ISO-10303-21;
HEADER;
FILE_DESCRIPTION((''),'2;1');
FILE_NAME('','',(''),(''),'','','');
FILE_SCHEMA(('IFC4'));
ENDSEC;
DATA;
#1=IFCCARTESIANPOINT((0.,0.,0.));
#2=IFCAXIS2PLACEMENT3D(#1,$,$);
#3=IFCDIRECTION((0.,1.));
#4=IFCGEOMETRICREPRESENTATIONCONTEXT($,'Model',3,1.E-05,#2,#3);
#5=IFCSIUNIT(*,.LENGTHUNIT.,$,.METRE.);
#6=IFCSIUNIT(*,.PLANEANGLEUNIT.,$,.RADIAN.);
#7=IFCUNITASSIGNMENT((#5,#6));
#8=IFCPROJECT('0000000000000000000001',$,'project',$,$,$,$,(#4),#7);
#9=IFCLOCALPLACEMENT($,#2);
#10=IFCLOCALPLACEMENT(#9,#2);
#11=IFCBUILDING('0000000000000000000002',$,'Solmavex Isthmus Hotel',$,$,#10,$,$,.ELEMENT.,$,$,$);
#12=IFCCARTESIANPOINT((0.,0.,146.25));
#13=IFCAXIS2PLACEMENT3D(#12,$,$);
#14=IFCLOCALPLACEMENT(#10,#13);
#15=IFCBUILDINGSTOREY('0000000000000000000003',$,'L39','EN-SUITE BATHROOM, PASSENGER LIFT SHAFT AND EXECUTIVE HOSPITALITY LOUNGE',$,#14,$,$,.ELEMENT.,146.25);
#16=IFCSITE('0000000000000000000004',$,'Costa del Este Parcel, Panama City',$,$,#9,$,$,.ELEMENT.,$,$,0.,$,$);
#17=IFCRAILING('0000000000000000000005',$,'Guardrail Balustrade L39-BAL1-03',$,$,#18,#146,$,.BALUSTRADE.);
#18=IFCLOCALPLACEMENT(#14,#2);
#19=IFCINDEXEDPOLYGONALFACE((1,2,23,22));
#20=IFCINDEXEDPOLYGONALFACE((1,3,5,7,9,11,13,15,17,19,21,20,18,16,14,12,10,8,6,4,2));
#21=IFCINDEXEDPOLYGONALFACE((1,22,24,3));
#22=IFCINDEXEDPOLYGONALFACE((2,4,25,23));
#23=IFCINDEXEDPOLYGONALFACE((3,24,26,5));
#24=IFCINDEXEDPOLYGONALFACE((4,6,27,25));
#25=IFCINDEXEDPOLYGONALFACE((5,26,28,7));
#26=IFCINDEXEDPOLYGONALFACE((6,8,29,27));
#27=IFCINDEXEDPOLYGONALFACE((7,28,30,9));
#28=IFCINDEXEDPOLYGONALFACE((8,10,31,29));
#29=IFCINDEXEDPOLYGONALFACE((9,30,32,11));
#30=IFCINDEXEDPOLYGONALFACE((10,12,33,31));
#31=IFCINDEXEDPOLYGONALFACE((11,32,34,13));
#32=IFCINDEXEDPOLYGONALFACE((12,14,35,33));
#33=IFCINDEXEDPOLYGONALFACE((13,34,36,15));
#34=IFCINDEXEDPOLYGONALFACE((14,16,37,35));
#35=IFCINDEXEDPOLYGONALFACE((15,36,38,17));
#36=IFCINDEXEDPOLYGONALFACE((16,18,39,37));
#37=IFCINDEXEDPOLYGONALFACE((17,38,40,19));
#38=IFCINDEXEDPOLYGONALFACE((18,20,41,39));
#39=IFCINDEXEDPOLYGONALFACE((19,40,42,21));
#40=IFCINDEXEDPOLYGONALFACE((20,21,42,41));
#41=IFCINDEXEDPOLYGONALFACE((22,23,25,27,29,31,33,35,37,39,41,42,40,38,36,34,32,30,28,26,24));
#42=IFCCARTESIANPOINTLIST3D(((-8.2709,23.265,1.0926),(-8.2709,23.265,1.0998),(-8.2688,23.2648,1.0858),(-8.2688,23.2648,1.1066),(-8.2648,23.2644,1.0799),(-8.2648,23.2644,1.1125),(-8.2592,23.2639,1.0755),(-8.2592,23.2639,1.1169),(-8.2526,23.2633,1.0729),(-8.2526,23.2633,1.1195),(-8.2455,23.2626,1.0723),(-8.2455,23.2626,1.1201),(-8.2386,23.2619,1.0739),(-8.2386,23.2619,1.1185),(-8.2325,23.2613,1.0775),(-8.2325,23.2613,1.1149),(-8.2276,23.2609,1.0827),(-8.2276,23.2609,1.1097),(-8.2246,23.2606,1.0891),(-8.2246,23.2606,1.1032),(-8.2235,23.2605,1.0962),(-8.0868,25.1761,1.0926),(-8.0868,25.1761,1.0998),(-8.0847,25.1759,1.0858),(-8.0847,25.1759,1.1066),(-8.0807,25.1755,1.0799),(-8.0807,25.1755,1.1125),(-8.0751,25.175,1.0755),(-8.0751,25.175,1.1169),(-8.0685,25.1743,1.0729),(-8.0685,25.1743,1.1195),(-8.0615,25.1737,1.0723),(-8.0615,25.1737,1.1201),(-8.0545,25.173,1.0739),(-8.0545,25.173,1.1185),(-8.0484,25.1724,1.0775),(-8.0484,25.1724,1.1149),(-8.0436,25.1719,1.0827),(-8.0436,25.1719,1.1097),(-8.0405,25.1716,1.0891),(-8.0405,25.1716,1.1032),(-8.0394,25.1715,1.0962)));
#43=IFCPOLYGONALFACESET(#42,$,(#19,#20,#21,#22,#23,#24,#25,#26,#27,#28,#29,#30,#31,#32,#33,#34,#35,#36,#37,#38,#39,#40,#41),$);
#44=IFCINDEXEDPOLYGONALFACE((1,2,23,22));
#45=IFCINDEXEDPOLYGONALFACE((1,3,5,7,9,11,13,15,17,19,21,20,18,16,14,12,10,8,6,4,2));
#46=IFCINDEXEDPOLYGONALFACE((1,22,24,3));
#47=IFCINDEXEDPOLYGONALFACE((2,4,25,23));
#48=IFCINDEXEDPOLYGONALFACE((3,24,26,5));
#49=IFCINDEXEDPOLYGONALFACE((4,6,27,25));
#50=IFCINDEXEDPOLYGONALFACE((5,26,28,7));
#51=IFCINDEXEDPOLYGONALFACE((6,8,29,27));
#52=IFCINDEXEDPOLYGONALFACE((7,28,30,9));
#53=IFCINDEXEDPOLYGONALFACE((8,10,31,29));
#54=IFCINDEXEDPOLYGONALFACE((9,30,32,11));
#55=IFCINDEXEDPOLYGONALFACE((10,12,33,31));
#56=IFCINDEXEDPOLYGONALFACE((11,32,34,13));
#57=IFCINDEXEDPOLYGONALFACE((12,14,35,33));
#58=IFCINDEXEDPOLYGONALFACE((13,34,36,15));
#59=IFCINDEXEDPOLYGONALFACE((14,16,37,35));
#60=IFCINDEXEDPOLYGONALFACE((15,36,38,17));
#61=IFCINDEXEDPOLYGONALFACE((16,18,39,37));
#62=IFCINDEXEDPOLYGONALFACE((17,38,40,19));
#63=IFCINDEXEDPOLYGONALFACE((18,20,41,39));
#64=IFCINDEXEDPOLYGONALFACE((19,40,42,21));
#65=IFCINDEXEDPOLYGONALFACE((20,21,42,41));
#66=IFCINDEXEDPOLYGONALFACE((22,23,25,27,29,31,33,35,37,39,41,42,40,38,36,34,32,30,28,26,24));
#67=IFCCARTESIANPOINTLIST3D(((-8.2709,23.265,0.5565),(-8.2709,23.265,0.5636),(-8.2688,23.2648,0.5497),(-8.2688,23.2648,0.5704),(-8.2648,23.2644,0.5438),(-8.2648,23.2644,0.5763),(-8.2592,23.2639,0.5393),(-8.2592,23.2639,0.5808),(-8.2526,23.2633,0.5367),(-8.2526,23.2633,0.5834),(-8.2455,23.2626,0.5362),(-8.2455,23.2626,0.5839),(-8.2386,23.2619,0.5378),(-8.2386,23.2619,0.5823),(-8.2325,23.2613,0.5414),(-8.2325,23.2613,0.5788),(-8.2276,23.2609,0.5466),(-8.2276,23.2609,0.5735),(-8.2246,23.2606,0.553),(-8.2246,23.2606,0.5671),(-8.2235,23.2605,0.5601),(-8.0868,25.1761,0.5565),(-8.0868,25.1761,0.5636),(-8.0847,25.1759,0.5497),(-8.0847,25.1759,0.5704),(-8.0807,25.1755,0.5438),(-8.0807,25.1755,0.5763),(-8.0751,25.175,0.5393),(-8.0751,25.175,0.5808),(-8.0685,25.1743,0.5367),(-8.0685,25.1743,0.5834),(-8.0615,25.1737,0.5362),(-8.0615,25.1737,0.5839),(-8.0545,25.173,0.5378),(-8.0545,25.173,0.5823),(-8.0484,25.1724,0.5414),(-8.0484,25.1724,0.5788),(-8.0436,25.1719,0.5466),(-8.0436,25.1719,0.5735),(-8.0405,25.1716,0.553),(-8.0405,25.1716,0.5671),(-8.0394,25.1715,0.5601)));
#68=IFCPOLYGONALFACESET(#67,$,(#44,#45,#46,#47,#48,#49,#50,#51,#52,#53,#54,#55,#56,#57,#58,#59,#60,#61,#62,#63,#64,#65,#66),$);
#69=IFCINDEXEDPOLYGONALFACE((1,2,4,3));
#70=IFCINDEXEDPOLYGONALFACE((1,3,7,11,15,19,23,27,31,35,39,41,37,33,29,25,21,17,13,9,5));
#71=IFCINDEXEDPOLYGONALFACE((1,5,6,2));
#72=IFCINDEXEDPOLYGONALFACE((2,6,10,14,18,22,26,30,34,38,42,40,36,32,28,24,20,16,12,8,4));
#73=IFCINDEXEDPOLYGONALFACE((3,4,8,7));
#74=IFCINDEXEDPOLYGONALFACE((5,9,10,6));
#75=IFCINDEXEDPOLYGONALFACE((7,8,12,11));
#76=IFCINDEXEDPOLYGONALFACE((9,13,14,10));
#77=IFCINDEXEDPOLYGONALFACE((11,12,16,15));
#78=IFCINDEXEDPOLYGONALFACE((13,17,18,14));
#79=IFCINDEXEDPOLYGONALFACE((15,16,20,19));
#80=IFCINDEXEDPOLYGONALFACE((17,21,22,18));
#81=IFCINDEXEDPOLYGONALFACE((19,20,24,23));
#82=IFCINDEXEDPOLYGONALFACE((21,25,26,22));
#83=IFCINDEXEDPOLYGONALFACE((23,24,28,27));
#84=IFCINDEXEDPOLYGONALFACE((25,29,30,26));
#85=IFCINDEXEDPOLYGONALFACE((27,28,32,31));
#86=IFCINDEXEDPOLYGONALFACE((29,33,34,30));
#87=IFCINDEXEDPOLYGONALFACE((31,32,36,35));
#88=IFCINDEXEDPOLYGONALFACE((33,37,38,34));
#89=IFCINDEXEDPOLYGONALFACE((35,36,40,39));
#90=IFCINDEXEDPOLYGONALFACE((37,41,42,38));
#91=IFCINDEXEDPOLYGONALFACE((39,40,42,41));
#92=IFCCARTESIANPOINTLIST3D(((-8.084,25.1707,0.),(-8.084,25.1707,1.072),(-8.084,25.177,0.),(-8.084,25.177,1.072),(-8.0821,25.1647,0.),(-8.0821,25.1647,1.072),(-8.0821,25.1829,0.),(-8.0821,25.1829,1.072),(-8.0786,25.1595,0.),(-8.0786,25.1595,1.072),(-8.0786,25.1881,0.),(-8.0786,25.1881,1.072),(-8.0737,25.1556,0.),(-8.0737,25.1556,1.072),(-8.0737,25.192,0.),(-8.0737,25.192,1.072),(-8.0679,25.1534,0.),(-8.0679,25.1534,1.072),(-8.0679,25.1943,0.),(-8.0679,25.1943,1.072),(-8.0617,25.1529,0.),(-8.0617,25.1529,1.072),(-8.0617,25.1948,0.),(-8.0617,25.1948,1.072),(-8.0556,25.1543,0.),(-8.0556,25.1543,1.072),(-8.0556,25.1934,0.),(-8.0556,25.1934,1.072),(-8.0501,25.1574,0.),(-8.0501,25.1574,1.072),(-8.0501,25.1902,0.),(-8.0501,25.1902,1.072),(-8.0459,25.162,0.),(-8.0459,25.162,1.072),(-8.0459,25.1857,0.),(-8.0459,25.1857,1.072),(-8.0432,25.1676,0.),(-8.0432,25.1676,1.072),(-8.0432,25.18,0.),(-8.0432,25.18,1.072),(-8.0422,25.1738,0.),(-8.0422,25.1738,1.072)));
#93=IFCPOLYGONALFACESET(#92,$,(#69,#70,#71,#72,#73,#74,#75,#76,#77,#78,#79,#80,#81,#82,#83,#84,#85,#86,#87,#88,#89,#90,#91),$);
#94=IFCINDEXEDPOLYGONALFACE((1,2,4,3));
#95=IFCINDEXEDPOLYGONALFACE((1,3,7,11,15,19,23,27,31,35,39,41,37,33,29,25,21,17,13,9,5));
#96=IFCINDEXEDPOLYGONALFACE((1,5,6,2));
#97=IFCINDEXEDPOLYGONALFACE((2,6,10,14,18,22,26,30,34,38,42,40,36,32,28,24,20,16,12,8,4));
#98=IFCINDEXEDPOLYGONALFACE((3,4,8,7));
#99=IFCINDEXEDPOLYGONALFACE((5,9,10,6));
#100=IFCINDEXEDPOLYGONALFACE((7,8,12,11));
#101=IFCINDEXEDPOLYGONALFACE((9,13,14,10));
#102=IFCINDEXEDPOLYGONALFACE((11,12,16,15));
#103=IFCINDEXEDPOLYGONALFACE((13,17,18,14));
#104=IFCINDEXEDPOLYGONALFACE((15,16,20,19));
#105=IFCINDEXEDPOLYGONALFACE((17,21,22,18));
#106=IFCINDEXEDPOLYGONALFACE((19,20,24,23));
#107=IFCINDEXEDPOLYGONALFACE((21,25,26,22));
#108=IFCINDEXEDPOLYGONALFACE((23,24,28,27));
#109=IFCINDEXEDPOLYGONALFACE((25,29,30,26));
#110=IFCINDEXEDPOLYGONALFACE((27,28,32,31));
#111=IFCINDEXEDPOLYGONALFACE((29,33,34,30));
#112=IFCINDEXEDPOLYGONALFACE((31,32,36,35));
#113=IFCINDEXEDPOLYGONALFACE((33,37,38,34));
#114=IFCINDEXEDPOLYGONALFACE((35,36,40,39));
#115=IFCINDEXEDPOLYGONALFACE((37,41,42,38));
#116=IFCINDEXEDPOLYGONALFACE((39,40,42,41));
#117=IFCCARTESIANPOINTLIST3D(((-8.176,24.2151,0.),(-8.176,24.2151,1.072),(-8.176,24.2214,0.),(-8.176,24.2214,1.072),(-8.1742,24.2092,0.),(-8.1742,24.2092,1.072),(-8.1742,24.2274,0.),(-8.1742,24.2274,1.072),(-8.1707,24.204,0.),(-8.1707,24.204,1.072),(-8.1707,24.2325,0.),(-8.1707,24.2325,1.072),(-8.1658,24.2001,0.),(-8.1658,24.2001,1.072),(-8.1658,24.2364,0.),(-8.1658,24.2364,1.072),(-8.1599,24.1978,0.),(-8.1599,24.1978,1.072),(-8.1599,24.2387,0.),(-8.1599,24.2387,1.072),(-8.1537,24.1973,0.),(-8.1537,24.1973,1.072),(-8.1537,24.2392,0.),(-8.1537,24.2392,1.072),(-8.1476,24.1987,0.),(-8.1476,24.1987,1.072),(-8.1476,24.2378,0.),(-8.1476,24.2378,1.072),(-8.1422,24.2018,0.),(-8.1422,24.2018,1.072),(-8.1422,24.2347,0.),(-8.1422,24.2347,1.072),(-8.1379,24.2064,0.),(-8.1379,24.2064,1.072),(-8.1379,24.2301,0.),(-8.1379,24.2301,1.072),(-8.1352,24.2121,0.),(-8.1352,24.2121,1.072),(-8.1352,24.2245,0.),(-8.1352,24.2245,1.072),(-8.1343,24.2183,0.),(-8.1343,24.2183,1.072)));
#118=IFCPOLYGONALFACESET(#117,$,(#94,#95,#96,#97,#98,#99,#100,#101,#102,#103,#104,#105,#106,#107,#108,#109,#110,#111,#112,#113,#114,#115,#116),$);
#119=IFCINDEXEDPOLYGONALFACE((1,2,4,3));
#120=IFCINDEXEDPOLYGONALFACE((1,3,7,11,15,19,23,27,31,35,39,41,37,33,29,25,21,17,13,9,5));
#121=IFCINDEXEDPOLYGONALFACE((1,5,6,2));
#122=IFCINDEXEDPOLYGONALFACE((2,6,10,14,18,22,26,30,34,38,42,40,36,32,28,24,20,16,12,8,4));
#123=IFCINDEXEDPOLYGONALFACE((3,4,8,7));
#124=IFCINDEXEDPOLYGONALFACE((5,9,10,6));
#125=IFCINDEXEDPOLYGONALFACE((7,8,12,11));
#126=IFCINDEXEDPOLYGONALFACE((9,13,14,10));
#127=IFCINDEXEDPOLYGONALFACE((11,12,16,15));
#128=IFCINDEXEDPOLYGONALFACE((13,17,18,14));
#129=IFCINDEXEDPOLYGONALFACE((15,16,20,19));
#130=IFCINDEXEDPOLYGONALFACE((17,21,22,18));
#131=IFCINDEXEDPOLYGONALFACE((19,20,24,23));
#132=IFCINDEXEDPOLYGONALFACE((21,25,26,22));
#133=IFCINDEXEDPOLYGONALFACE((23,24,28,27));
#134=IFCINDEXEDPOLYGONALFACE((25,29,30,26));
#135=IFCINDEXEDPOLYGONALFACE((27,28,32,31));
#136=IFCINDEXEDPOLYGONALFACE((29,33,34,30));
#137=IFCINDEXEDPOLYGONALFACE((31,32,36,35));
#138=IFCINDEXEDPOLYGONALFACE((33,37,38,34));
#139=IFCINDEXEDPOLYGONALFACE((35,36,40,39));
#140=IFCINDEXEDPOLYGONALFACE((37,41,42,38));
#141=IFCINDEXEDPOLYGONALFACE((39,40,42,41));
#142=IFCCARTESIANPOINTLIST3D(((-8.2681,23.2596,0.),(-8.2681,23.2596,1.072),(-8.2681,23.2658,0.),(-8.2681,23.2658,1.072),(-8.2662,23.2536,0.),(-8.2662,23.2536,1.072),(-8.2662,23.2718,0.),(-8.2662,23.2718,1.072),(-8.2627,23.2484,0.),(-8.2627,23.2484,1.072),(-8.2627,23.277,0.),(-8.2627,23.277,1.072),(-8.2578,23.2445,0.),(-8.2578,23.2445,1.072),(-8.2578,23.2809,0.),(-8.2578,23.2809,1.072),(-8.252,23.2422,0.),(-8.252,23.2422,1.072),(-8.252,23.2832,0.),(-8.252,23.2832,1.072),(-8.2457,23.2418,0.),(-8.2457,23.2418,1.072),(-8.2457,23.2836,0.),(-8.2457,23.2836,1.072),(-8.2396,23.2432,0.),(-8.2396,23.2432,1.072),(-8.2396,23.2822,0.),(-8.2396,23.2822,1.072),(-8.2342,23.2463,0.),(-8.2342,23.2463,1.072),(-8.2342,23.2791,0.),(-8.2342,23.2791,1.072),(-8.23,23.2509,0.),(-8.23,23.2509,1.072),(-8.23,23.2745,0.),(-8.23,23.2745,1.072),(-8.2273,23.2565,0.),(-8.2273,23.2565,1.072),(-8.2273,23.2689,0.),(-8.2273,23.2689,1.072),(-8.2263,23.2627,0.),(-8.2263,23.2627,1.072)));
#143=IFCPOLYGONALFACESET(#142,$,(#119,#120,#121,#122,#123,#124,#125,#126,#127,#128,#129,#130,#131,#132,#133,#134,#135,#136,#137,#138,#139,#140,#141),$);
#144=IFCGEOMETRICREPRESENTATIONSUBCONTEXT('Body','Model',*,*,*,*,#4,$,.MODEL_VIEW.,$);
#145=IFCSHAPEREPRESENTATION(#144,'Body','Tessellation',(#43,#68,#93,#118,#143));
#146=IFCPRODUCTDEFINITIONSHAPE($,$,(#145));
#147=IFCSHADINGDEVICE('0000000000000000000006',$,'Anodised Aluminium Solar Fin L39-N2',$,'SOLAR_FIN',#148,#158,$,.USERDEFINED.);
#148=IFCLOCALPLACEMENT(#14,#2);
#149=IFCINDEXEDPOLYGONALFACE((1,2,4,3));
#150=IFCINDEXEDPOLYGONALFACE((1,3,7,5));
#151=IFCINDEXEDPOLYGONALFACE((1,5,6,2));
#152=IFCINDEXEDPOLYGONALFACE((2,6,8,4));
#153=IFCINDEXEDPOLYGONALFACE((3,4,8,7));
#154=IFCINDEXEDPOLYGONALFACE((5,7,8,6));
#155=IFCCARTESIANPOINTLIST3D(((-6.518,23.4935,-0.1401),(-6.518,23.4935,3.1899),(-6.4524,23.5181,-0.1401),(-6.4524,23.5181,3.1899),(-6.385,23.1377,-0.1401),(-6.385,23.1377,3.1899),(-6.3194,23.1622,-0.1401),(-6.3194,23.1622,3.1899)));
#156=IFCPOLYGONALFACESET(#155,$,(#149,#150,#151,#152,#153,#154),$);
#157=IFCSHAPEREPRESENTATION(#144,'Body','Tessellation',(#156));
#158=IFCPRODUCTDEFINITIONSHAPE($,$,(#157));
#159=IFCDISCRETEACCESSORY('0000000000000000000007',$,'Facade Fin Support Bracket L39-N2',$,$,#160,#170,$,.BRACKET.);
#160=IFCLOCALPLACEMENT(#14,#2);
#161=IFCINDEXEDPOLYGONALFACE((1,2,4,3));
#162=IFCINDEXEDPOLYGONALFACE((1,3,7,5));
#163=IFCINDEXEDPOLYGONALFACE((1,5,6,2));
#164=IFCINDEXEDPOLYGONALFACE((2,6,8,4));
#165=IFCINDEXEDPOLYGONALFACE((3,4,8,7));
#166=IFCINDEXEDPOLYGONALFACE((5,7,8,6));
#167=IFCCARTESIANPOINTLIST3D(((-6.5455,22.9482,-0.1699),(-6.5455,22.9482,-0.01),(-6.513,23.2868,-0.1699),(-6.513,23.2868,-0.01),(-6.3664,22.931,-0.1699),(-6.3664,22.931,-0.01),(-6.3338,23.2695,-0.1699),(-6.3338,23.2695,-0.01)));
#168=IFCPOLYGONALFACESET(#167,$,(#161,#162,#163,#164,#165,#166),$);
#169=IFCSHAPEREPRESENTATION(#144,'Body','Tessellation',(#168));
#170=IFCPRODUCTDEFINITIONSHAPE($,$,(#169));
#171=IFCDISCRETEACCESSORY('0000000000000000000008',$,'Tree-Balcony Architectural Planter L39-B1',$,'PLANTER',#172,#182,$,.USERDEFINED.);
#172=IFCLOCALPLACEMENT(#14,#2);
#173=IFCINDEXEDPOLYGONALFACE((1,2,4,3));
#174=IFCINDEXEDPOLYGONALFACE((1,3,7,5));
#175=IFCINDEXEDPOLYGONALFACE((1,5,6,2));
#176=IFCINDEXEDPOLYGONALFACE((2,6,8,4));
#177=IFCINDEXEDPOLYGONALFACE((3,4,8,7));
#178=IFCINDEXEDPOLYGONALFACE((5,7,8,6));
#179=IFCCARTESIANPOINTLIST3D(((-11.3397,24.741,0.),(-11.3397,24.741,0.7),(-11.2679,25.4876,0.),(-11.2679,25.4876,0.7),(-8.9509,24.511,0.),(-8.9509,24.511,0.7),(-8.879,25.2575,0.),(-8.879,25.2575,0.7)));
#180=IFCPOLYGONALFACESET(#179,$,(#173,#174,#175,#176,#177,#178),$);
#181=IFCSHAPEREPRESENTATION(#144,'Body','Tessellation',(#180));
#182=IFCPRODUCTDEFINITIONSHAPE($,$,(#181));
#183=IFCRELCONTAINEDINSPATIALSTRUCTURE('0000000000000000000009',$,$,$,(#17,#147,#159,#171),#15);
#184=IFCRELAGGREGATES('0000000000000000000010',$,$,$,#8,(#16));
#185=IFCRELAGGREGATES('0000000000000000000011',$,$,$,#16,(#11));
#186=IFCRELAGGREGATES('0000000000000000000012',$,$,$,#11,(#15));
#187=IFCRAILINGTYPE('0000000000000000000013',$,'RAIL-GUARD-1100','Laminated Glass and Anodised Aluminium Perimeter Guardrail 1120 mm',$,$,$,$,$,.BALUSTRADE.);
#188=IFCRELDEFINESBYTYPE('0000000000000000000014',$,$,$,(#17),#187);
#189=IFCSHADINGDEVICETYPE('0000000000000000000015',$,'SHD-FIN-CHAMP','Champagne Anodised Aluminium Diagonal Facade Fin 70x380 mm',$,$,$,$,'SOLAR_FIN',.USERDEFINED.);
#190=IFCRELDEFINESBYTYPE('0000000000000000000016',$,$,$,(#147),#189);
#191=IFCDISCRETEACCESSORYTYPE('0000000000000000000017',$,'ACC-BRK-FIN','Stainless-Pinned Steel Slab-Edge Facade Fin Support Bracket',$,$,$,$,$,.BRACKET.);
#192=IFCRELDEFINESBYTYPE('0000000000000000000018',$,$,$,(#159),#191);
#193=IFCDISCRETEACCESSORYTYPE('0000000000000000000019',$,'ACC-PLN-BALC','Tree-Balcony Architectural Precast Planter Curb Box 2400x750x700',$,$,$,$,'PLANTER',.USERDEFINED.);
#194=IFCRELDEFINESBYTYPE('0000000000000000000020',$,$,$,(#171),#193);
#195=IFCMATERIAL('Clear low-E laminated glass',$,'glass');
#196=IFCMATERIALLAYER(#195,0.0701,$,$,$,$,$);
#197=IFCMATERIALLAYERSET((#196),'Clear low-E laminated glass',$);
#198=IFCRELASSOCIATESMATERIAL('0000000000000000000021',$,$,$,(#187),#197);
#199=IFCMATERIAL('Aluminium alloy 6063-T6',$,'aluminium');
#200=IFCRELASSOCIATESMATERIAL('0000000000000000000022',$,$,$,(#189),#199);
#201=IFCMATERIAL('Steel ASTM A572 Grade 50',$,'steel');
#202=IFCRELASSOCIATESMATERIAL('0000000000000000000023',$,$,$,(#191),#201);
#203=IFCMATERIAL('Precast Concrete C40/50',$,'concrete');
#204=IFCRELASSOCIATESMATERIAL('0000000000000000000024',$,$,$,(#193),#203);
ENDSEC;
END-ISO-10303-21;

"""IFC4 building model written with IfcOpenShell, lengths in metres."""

from ifc_helpers import new_model, si_unit, direction, frame, origin, origin_2d, place, context, subcontext, project, spatial, rectangle, circle, extrude, material, layer, layer_set, type_object, element, save


model = new_model("IFC4")

# Units and contexts
model_context = context("Model", 3, precision=1e-05, world=origin(), true_north=direction((0.0, 1.0)))
body_context = subcontext(model_context, "Body", "Model", "MODEL_VIEW")
ifc_project = project(units=[si_unit("LENGTHUNIT", "METRE"), si_unit("PLANEANGLEUNIT", "RADIAN")], contexts=[model_context])

# Site, building, storey
site_placement = place(None, origin())
site = spatial("IfcSite", under=ifc_project, at=site_placement, Name="Costa del Este Parcel, Panama City", CompositionType="ELEMENT", RefElevation=0.0)
building_placement = place(site_placement, origin())
building = spatial("IfcBuilding", under=site, at=building_placement, Name="Solmavex Isthmus Hotel", CompositionType="ELEMENT")
storey_placement = place(building_placement, frame((0.0, 0.0, 146.25)))
storey = spatial("IfcBuildingStorey", under=building, at=storey_placement, Name="L39", Description="EN-SUITE BATHROOM, PASSENGER LIFT SHAFT AND EXECUTIVE HOSPITALITY LOUNGE", CompositionType="ELEMENT", Elevation=146.25)

# Shared definitions
ifc_material_1 = material(Name="Aluminium alloy 6063-T6", Category="aluminium")

# Shared definitions
ifc_material_2 = material(Name="Clear low-E laminated glass", Category="glass")

# Shared definitions
ifc_material_3 = material(Name="Precast Concrete C40/50", Category="concrete")

# Railing
ifc_layer_1 = layer(ifc_material_2, 0.0701)
ifc_layer_set_1 = layer_set([ifc_layer_1], Name="Clear low-E laminated glass")
railing_type = type_object("IfcRailingType", Name="RAIL-GUARD-1100", Description="Laminated Glass and Anodised Aluminium Perimeter Guardrail 1120 mm", PredefinedType="BALUSTRADE", material=ifc_layer_set_1)
railing_1_placement = place(storey_placement, frame((-8.0632, 25.1738, 0.0)))
element("IfcRailing", 1, at=railing_1_placement, inside=storey, type_object=railing_type, Name="Guardrail Balustrade L39-BAL1-03", PredefinedType="BALUSTRADE", context=body_context, shape_type="SweptSolid", body=[
    extrude(circle(Radius=0.0239, at=origin_2d()), frame((0.0, 0.0, 1.0962), z_axis=(-0.095877, -0.995393, 0.0), x_axis=(0.995393, -0.095877, 0.0)), (0.0, 0.0, 1.0), 1.9199),
    extrude(circle(Radius=0.0239, at=origin_2d()), frame((0.0, 0.0, 0.5601), z_axis=(-0.095877, -0.995393, 0.0), x_axis=(0.995393, -0.095877, 0.0)), (0.0, 0.0, 1.0), 1.9199),
    extrude(circle(Radius=0.021, at=origin_2d()), origin(), (0.0, 0.0, 1.0), 1.072),
    extrude(circle(Radius=0.021, at=origin_2d()), frame((-0.092, -0.9556, 0.0)), (0.0, 0.0, 1.0), 1.072),
    extrude(circle(Radius=0.021, at=origin_2d()), frame((-0.1841, -1.9111, 0.0)), (0.0, 0.0, 1.0), 1.072),
])

# Shading device
shading_device_type = type_object("IfcShadingDeviceType", Name="SHD-FIN-CHAMP", Description="Champagne Anodised Aluminium Diagonal Facade Fin 70x380 mm", ElementType="SOLAR_FIN", PredefinedType="USERDEFINED", material=ifc_material_1)
shading_device_placement = place(storey_placement, frame((-6.4187, 23.3279, -0.1401), z_axis=(0.0, 0.0, 1.0), x_axis=(-0.350207, 0.936672, 0.0)))
element("IfcShadingDevice", 2, at=shading_device_placement, inside=storey, type_object=shading_device_type, Name="Anodised Aluminium Solar Fin L39-N2", ObjectType="SOLAR_FIN", PredefinedType="USERDEFINED", context=body_context, shape_type="SweptSolid", body=[
    extrude(rectangle(XDim=0.3799, YDim=0.0701, at=origin_2d()), origin(), (0.0, 0.0, 1.0), 3.3301),
])

# Discrete accessories
ifc_material_4 = material(Name="Steel ASTM A572 Grade 50", Category="steel")
discrete_accessory_type_1 = type_object("IfcDiscreteAccessoryType", Name="ACC-BRK-FIN", Description="Stainless-Pinned Steel Slab-Edge Facade Fin Support Bracket", PredefinedType="BRACKET", material=ifc_material_4)
discrete_accessory_1_placement = place(storey_placement, frame((-6.4397, 23.1089, -0.1699), z_axis=(0.0, 0.0, 1.0), x_axis=(0.095846, 0.995396, 0.0)))
element("IfcDiscreteAccessory", 3, at=discrete_accessory_1_placement, inside=storey, type_object=discrete_accessory_type_1, Name="Facade Fin Support Bracket L39-N2", PredefinedType="BRACKET", context=body_context, shape_type="SweptSolid", body=[
    extrude(rectangle(XDim=0.3401, YDim=0.1799, at=origin_2d()), origin(), (0.0, 0.0, 1.0), 0.1599),
])
discrete_accessory_type_2 = type_object("IfcDiscreteAccessoryType", Name="ACC-PLN-BALC", Description="Tree-Balcony Architectural Precast Planter Curb Box 2400x750x700", ElementType="PLANTER", PredefinedType="USERDEFINED", material=ifc_material_3)
discrete_accessory_2_placement = place(storey_placement, frame((-10.1094, 24.9993, 0.0), z_axis=(0.0, 0.0, 1.0), x_axis=(0.995396, -0.095846, 0.0)))
element("IfcDiscreteAccessory", 4, at=discrete_accessory_2_placement, inside=storey, type_object=discrete_accessory_type_2, Name="Tree-Balcony Architectural Planter L39-B1", ObjectType="PLANTER", PredefinedType="USERDEFINED", context=body_context, shape_type="SweptSolid", body=[
    extrude(rectangle(XDim=2.3999, YDim=0.75, at=origin_2d()), origin(), (0.0, 0.0, 1.0), 0.7),
])

save(model, "model.ifc")
